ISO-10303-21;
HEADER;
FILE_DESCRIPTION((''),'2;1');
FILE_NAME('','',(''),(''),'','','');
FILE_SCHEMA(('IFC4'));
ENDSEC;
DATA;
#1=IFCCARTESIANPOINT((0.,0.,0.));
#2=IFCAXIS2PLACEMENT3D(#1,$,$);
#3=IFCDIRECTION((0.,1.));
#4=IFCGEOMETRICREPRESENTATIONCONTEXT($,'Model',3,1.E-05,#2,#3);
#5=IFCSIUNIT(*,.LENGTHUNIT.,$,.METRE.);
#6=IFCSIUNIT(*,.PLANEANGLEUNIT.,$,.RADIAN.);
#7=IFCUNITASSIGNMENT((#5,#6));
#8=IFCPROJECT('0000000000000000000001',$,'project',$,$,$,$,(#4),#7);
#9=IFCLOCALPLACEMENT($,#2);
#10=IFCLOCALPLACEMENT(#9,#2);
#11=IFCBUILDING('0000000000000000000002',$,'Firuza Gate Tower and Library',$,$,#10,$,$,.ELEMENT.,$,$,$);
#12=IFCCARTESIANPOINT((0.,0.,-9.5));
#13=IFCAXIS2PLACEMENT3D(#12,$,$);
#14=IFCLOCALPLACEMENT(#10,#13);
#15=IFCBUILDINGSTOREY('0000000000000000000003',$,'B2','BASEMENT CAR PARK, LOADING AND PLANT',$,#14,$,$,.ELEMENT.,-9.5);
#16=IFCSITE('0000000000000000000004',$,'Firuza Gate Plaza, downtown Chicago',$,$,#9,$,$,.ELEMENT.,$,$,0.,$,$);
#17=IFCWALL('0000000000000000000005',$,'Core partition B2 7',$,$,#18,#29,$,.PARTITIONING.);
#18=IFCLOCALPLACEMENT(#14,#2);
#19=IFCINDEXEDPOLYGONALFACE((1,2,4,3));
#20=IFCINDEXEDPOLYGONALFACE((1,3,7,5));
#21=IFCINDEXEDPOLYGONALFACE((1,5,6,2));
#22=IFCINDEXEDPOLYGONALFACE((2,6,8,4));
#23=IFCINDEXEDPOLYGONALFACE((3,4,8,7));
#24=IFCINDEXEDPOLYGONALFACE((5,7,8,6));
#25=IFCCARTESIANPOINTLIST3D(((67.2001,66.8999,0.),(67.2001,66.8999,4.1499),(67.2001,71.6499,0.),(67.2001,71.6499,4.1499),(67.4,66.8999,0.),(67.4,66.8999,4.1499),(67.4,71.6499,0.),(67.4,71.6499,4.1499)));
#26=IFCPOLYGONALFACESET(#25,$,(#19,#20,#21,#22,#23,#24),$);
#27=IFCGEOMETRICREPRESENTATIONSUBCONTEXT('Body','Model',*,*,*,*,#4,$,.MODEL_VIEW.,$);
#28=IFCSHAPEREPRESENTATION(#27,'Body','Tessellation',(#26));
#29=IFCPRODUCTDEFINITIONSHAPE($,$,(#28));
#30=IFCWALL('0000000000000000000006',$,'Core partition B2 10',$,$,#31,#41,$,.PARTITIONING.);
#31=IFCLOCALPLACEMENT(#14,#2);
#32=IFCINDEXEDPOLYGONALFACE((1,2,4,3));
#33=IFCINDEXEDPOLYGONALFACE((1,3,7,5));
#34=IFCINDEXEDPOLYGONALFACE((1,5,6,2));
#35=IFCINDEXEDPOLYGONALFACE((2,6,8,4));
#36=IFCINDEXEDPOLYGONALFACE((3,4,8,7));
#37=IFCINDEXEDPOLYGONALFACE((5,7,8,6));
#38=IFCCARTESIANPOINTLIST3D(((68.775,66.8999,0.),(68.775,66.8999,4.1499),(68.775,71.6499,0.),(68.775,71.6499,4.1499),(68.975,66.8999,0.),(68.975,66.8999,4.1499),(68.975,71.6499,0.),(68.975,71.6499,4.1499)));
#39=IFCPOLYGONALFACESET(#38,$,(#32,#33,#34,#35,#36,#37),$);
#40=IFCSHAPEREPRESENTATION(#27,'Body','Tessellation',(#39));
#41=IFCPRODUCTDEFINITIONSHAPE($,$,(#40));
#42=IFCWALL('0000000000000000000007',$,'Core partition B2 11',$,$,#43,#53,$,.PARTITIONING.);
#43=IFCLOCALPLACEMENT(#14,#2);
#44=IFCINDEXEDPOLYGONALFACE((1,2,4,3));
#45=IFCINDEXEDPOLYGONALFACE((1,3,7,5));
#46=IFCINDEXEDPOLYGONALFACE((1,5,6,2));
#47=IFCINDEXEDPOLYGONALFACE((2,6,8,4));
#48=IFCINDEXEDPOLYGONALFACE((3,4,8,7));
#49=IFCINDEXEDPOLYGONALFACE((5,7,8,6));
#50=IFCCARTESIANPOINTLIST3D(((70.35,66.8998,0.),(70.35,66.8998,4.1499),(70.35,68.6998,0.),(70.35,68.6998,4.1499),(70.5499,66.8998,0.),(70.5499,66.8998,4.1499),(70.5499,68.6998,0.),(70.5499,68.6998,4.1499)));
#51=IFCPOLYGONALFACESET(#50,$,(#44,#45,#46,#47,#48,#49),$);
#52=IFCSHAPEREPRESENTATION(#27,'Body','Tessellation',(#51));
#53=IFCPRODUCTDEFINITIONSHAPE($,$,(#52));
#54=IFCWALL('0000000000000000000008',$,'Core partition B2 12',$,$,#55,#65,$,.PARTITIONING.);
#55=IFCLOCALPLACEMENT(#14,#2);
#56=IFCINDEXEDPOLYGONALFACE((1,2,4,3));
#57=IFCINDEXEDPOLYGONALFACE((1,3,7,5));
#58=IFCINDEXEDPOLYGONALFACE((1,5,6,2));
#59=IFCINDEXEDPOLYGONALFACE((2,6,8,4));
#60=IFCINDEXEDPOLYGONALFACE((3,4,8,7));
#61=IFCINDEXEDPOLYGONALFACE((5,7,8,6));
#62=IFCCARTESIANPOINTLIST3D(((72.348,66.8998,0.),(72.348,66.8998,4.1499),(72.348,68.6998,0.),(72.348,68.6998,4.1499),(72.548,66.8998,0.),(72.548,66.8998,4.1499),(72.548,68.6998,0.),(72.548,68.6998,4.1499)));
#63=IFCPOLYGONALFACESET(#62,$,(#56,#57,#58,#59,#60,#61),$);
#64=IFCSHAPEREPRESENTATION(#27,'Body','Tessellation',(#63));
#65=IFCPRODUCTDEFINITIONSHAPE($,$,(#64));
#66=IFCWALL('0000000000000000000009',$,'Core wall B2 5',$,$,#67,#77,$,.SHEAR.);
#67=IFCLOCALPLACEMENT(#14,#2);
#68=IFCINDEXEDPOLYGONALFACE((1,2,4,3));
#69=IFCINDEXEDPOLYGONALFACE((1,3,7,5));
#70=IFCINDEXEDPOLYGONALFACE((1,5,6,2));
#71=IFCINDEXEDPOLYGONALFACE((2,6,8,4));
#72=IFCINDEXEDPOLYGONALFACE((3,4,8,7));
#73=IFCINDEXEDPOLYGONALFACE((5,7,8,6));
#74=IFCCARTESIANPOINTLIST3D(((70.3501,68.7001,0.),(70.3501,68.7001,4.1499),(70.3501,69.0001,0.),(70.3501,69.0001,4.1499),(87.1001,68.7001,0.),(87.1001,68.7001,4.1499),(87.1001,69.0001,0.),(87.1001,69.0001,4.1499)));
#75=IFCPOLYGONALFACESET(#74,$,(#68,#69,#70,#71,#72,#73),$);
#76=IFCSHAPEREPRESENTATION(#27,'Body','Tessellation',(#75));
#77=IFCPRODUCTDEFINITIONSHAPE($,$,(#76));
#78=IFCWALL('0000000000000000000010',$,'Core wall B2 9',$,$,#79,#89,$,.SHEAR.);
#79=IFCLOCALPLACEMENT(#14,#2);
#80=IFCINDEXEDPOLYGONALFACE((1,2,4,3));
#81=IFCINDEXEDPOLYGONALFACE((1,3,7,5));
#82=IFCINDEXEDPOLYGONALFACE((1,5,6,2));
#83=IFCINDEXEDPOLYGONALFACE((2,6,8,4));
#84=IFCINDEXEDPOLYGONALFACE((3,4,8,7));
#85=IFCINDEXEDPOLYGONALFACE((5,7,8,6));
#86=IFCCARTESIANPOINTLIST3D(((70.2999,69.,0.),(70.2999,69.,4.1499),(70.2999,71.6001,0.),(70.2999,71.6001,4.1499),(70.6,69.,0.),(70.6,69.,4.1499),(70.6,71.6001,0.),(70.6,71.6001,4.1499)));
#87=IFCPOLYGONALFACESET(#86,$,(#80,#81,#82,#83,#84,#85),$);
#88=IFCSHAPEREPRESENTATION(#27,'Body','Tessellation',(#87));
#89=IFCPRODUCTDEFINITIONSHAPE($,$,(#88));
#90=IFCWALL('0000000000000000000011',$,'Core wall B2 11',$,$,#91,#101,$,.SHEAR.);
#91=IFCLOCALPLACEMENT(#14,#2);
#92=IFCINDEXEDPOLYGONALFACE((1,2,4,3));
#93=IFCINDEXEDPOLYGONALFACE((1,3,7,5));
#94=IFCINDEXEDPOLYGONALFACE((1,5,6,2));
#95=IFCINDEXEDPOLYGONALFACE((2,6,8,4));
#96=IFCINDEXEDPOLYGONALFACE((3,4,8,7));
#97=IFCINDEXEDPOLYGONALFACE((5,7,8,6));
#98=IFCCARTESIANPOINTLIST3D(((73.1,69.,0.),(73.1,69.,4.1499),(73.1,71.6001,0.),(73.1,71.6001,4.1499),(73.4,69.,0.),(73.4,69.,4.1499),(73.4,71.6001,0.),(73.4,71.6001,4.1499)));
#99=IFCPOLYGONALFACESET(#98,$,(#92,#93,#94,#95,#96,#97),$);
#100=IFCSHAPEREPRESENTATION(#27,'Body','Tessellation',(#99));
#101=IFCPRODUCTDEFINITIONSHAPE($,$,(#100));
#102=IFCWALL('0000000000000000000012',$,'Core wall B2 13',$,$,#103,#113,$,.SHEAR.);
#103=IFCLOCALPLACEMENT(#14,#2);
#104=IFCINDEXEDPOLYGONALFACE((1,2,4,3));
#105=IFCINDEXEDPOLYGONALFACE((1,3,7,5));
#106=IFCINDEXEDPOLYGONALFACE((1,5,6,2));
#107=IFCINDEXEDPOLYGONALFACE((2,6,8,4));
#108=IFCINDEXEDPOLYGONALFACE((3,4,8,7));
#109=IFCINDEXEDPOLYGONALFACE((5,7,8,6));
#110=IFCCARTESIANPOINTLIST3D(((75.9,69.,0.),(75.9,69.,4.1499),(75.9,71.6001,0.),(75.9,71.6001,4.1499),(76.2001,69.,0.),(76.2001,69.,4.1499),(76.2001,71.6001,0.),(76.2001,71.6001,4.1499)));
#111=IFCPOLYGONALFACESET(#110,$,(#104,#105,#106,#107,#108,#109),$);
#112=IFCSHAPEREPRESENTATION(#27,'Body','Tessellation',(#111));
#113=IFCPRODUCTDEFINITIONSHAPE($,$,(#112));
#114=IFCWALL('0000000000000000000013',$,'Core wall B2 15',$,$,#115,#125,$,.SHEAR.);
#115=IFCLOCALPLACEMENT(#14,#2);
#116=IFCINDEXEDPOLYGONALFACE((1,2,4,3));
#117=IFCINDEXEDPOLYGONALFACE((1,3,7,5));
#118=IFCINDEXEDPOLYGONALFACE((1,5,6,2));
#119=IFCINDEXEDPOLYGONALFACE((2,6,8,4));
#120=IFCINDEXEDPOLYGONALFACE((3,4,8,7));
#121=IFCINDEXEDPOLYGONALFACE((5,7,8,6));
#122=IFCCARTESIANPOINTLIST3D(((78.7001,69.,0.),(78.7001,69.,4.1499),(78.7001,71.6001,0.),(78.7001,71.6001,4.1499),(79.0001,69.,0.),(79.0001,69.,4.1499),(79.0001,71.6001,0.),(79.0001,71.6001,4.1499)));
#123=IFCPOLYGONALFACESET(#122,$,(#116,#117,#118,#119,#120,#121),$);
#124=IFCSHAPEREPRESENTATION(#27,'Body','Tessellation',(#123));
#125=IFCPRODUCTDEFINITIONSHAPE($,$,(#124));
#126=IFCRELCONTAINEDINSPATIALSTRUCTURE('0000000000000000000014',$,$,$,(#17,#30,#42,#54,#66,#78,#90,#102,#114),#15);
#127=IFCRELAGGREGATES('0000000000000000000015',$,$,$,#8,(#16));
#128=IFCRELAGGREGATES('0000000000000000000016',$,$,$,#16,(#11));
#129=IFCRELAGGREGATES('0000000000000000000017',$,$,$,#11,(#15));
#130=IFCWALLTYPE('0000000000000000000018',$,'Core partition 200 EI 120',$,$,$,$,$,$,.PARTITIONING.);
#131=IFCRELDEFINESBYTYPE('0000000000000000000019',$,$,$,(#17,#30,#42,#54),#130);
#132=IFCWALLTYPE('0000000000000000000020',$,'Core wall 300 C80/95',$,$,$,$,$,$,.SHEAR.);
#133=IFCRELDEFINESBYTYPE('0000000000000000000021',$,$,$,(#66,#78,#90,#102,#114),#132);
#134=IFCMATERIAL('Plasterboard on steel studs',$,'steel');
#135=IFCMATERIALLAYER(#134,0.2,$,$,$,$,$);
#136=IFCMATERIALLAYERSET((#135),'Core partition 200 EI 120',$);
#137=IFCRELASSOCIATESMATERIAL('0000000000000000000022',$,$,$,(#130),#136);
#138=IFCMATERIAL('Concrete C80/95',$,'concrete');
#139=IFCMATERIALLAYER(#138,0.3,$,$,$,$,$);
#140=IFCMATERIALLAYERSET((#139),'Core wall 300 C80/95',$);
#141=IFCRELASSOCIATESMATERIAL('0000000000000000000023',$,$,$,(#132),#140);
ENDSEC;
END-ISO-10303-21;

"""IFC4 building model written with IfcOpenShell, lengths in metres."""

from ifc_helpers import new_model, si_unit, direction, frame, frame_2d, origin, place, context, subcontext, project, spatial, rectangle, extrude, material, layer, layer_set, type_object, element, save


model = new_model("IFC4")

# Units and contexts
model_context = context("Model", 3, precision=1e-05, world=origin(), true_north=direction((0.0, 1.0)))
body_context = subcontext(model_context, "Body", "Model", "MODEL_VIEW")
ifc_project = project(units=[si_unit("LENGTHUNIT", "METRE"), si_unit("PLANEANGLEUNIT", "RADIAN")], contexts=[model_context])

# Site, building, storey
site_placement = place(None, origin())
site = spatial("IfcSite", under=ifc_project, at=site_placement, Name="Firuza Gate Plaza, downtown Chicago", CompositionType="ELEMENT", RefElevation=0.0)
building_placement = place(site_placement, origin())
building = spatial("IfcBuilding", under=site, at=building_placement, Name="Firuza Gate Tower and Library", CompositionType="ELEMENT")
storey_placement = place(building_placement, frame((0.0, 0.0, -9.5)))
storey = spatial("IfcBuildingStorey", under=building, at=storey_placement, Name="B2", Description="BASEMENT CAR PARK, LOADING AND PLANT", CompositionType="ELEMENT", Elevation=-9.5)

# Walls
ifc_material_1 = material(Name="Plasterboard on steel studs", Category="steel")
ifc_layer_1 = layer(ifc_material_1, 0.2)
ifc_layer_set_1 = layer_set([ifc_layer_1], Name="Core partition 200 EI 120")
wall_type_1 = type_object("IfcWallType", Name="Core partition 200 EI 120", PredefinedType="PARTITIONING", material=ifc_layer_set_1)
for number, where, z_axis, x_axis, name in (
    (1, (67.3, 66.8999, 0.0), (0.0, 0.0, 1.0), (0.0, 1.0, 0.0), "Core partition B2 7"),
    (2, (68.875, 66.8999, 0.0), (0.0, 0.0, 1.0), (0.0, 1.0, 0.0), "Core partition B2 10"),
):
    element("IfcWall", number, at=place(storey_placement, frame(where, z_axis=z_axis, x_axis=x_axis)), inside=storey, type_object=wall_type_1, Name=name, PredefinedType="PARTITIONING", context=body_context, shape_type="SweptSolid", body=[
        extrude(rectangle(XDim=4.75, YDim=0.2, at=frame_2d((2.375, 0.0))), origin(), (0.0, 0.0, 1.0), 4.1499),
    ])
for number, where, z_axis, x_axis, name in (
    (3, (70.45, 66.8999, 0.0), (0.0, 0.0, 1.0), (0.0, 1.0, 0.0), "Core partition B2 11"),
    (4, (72.448, 66.8999, 0.0), (0.0, 0.0, 1.0), (0.0, 1.0, 0.0), "Core partition B2 12"),
):
    element("IfcWall", number, at=place(storey_placement, frame(where, z_axis=z_axis, x_axis=x_axis)), inside=storey, type_object=wall_type_1, Name=name, PredefinedType="PARTITIONING", context=body_context, shape_type="SweptSolid", body=[
        extrude(rectangle(XDim=1.8, YDim=0.2, at=frame_2d((0.8999, 0.0))), origin(), (0.0, 0.0, 1.0), 4.1499),
    ])
ifc_material_2 = material(Name="Concrete C80/95", Category="concrete")
ifc_layer_2 = layer(ifc_material_2, 0.3)
ifc_layer_set_2 = layer_set([ifc_layer_2], Name="Core wall 300 C80/95")
wall_type_2 = type_object("IfcWallType", Name="Core wall 300 C80/95", PredefinedType="SHEAR", material=ifc_layer_set_2)
wall_1_placement = place(storey_placement, frame((70.3501, 68.8501, 0.0), z_axis=(0.0, 0.0, 1.0), x_axis=(1.0, 0.0, 0.0)))
element("IfcWall", 5, at=wall_1_placement, inside=storey, type_object=wall_type_2, Name="Core wall B2 5", PredefinedType="SHEAR", context=body_context, shape_type="SweptSolid", body=[
    extrude(rectangle(XDim=16.75, YDim=0.3, at=frame_2d((8.375, 0.0))), origin(), (0.0, 0.0, 1.0), 4.1499),
])
for number, where, z_axis, x_axis, name in (
    (6, (70.45, 69.0, 0.0), (0.0, 0.0, 1.0), (0.0, 1.0, 0.0), "Core wall B2 9"),
    (7, (73.25, 69.0, 0.0), (0.0, 0.0, 1.0), (0.0, 1.0, 0.0), "Core wall B2 11"),
    (8, (76.05, 69.0, 0.0), (0.0, 0.0, 1.0), (0.0, 1.0, 0.0), "Core wall B2 13"),
    (9, (78.8501, 69.0, 0.0), (0.0, 0.0, 1.0), (0.0, 1.0, 0.0), "Core wall B2 15"),
):
    element("IfcWall", number, at=place(storey_placement, frame(where, z_axis=z_axis, x_axis=x_axis)), inside=storey, type_object=wall_type_2, Name=name, PredefinedType="SHEAR", context=body_context, shape_type="SweptSolid", body=[
        extrude(rectangle(XDim=2.6001, YDim=0.3, at=frame_2d((1.3, 0.0))), origin(), (0.0, 0.0, 1.0), 4.1499),
    ])

save(model, "model.ifc")
